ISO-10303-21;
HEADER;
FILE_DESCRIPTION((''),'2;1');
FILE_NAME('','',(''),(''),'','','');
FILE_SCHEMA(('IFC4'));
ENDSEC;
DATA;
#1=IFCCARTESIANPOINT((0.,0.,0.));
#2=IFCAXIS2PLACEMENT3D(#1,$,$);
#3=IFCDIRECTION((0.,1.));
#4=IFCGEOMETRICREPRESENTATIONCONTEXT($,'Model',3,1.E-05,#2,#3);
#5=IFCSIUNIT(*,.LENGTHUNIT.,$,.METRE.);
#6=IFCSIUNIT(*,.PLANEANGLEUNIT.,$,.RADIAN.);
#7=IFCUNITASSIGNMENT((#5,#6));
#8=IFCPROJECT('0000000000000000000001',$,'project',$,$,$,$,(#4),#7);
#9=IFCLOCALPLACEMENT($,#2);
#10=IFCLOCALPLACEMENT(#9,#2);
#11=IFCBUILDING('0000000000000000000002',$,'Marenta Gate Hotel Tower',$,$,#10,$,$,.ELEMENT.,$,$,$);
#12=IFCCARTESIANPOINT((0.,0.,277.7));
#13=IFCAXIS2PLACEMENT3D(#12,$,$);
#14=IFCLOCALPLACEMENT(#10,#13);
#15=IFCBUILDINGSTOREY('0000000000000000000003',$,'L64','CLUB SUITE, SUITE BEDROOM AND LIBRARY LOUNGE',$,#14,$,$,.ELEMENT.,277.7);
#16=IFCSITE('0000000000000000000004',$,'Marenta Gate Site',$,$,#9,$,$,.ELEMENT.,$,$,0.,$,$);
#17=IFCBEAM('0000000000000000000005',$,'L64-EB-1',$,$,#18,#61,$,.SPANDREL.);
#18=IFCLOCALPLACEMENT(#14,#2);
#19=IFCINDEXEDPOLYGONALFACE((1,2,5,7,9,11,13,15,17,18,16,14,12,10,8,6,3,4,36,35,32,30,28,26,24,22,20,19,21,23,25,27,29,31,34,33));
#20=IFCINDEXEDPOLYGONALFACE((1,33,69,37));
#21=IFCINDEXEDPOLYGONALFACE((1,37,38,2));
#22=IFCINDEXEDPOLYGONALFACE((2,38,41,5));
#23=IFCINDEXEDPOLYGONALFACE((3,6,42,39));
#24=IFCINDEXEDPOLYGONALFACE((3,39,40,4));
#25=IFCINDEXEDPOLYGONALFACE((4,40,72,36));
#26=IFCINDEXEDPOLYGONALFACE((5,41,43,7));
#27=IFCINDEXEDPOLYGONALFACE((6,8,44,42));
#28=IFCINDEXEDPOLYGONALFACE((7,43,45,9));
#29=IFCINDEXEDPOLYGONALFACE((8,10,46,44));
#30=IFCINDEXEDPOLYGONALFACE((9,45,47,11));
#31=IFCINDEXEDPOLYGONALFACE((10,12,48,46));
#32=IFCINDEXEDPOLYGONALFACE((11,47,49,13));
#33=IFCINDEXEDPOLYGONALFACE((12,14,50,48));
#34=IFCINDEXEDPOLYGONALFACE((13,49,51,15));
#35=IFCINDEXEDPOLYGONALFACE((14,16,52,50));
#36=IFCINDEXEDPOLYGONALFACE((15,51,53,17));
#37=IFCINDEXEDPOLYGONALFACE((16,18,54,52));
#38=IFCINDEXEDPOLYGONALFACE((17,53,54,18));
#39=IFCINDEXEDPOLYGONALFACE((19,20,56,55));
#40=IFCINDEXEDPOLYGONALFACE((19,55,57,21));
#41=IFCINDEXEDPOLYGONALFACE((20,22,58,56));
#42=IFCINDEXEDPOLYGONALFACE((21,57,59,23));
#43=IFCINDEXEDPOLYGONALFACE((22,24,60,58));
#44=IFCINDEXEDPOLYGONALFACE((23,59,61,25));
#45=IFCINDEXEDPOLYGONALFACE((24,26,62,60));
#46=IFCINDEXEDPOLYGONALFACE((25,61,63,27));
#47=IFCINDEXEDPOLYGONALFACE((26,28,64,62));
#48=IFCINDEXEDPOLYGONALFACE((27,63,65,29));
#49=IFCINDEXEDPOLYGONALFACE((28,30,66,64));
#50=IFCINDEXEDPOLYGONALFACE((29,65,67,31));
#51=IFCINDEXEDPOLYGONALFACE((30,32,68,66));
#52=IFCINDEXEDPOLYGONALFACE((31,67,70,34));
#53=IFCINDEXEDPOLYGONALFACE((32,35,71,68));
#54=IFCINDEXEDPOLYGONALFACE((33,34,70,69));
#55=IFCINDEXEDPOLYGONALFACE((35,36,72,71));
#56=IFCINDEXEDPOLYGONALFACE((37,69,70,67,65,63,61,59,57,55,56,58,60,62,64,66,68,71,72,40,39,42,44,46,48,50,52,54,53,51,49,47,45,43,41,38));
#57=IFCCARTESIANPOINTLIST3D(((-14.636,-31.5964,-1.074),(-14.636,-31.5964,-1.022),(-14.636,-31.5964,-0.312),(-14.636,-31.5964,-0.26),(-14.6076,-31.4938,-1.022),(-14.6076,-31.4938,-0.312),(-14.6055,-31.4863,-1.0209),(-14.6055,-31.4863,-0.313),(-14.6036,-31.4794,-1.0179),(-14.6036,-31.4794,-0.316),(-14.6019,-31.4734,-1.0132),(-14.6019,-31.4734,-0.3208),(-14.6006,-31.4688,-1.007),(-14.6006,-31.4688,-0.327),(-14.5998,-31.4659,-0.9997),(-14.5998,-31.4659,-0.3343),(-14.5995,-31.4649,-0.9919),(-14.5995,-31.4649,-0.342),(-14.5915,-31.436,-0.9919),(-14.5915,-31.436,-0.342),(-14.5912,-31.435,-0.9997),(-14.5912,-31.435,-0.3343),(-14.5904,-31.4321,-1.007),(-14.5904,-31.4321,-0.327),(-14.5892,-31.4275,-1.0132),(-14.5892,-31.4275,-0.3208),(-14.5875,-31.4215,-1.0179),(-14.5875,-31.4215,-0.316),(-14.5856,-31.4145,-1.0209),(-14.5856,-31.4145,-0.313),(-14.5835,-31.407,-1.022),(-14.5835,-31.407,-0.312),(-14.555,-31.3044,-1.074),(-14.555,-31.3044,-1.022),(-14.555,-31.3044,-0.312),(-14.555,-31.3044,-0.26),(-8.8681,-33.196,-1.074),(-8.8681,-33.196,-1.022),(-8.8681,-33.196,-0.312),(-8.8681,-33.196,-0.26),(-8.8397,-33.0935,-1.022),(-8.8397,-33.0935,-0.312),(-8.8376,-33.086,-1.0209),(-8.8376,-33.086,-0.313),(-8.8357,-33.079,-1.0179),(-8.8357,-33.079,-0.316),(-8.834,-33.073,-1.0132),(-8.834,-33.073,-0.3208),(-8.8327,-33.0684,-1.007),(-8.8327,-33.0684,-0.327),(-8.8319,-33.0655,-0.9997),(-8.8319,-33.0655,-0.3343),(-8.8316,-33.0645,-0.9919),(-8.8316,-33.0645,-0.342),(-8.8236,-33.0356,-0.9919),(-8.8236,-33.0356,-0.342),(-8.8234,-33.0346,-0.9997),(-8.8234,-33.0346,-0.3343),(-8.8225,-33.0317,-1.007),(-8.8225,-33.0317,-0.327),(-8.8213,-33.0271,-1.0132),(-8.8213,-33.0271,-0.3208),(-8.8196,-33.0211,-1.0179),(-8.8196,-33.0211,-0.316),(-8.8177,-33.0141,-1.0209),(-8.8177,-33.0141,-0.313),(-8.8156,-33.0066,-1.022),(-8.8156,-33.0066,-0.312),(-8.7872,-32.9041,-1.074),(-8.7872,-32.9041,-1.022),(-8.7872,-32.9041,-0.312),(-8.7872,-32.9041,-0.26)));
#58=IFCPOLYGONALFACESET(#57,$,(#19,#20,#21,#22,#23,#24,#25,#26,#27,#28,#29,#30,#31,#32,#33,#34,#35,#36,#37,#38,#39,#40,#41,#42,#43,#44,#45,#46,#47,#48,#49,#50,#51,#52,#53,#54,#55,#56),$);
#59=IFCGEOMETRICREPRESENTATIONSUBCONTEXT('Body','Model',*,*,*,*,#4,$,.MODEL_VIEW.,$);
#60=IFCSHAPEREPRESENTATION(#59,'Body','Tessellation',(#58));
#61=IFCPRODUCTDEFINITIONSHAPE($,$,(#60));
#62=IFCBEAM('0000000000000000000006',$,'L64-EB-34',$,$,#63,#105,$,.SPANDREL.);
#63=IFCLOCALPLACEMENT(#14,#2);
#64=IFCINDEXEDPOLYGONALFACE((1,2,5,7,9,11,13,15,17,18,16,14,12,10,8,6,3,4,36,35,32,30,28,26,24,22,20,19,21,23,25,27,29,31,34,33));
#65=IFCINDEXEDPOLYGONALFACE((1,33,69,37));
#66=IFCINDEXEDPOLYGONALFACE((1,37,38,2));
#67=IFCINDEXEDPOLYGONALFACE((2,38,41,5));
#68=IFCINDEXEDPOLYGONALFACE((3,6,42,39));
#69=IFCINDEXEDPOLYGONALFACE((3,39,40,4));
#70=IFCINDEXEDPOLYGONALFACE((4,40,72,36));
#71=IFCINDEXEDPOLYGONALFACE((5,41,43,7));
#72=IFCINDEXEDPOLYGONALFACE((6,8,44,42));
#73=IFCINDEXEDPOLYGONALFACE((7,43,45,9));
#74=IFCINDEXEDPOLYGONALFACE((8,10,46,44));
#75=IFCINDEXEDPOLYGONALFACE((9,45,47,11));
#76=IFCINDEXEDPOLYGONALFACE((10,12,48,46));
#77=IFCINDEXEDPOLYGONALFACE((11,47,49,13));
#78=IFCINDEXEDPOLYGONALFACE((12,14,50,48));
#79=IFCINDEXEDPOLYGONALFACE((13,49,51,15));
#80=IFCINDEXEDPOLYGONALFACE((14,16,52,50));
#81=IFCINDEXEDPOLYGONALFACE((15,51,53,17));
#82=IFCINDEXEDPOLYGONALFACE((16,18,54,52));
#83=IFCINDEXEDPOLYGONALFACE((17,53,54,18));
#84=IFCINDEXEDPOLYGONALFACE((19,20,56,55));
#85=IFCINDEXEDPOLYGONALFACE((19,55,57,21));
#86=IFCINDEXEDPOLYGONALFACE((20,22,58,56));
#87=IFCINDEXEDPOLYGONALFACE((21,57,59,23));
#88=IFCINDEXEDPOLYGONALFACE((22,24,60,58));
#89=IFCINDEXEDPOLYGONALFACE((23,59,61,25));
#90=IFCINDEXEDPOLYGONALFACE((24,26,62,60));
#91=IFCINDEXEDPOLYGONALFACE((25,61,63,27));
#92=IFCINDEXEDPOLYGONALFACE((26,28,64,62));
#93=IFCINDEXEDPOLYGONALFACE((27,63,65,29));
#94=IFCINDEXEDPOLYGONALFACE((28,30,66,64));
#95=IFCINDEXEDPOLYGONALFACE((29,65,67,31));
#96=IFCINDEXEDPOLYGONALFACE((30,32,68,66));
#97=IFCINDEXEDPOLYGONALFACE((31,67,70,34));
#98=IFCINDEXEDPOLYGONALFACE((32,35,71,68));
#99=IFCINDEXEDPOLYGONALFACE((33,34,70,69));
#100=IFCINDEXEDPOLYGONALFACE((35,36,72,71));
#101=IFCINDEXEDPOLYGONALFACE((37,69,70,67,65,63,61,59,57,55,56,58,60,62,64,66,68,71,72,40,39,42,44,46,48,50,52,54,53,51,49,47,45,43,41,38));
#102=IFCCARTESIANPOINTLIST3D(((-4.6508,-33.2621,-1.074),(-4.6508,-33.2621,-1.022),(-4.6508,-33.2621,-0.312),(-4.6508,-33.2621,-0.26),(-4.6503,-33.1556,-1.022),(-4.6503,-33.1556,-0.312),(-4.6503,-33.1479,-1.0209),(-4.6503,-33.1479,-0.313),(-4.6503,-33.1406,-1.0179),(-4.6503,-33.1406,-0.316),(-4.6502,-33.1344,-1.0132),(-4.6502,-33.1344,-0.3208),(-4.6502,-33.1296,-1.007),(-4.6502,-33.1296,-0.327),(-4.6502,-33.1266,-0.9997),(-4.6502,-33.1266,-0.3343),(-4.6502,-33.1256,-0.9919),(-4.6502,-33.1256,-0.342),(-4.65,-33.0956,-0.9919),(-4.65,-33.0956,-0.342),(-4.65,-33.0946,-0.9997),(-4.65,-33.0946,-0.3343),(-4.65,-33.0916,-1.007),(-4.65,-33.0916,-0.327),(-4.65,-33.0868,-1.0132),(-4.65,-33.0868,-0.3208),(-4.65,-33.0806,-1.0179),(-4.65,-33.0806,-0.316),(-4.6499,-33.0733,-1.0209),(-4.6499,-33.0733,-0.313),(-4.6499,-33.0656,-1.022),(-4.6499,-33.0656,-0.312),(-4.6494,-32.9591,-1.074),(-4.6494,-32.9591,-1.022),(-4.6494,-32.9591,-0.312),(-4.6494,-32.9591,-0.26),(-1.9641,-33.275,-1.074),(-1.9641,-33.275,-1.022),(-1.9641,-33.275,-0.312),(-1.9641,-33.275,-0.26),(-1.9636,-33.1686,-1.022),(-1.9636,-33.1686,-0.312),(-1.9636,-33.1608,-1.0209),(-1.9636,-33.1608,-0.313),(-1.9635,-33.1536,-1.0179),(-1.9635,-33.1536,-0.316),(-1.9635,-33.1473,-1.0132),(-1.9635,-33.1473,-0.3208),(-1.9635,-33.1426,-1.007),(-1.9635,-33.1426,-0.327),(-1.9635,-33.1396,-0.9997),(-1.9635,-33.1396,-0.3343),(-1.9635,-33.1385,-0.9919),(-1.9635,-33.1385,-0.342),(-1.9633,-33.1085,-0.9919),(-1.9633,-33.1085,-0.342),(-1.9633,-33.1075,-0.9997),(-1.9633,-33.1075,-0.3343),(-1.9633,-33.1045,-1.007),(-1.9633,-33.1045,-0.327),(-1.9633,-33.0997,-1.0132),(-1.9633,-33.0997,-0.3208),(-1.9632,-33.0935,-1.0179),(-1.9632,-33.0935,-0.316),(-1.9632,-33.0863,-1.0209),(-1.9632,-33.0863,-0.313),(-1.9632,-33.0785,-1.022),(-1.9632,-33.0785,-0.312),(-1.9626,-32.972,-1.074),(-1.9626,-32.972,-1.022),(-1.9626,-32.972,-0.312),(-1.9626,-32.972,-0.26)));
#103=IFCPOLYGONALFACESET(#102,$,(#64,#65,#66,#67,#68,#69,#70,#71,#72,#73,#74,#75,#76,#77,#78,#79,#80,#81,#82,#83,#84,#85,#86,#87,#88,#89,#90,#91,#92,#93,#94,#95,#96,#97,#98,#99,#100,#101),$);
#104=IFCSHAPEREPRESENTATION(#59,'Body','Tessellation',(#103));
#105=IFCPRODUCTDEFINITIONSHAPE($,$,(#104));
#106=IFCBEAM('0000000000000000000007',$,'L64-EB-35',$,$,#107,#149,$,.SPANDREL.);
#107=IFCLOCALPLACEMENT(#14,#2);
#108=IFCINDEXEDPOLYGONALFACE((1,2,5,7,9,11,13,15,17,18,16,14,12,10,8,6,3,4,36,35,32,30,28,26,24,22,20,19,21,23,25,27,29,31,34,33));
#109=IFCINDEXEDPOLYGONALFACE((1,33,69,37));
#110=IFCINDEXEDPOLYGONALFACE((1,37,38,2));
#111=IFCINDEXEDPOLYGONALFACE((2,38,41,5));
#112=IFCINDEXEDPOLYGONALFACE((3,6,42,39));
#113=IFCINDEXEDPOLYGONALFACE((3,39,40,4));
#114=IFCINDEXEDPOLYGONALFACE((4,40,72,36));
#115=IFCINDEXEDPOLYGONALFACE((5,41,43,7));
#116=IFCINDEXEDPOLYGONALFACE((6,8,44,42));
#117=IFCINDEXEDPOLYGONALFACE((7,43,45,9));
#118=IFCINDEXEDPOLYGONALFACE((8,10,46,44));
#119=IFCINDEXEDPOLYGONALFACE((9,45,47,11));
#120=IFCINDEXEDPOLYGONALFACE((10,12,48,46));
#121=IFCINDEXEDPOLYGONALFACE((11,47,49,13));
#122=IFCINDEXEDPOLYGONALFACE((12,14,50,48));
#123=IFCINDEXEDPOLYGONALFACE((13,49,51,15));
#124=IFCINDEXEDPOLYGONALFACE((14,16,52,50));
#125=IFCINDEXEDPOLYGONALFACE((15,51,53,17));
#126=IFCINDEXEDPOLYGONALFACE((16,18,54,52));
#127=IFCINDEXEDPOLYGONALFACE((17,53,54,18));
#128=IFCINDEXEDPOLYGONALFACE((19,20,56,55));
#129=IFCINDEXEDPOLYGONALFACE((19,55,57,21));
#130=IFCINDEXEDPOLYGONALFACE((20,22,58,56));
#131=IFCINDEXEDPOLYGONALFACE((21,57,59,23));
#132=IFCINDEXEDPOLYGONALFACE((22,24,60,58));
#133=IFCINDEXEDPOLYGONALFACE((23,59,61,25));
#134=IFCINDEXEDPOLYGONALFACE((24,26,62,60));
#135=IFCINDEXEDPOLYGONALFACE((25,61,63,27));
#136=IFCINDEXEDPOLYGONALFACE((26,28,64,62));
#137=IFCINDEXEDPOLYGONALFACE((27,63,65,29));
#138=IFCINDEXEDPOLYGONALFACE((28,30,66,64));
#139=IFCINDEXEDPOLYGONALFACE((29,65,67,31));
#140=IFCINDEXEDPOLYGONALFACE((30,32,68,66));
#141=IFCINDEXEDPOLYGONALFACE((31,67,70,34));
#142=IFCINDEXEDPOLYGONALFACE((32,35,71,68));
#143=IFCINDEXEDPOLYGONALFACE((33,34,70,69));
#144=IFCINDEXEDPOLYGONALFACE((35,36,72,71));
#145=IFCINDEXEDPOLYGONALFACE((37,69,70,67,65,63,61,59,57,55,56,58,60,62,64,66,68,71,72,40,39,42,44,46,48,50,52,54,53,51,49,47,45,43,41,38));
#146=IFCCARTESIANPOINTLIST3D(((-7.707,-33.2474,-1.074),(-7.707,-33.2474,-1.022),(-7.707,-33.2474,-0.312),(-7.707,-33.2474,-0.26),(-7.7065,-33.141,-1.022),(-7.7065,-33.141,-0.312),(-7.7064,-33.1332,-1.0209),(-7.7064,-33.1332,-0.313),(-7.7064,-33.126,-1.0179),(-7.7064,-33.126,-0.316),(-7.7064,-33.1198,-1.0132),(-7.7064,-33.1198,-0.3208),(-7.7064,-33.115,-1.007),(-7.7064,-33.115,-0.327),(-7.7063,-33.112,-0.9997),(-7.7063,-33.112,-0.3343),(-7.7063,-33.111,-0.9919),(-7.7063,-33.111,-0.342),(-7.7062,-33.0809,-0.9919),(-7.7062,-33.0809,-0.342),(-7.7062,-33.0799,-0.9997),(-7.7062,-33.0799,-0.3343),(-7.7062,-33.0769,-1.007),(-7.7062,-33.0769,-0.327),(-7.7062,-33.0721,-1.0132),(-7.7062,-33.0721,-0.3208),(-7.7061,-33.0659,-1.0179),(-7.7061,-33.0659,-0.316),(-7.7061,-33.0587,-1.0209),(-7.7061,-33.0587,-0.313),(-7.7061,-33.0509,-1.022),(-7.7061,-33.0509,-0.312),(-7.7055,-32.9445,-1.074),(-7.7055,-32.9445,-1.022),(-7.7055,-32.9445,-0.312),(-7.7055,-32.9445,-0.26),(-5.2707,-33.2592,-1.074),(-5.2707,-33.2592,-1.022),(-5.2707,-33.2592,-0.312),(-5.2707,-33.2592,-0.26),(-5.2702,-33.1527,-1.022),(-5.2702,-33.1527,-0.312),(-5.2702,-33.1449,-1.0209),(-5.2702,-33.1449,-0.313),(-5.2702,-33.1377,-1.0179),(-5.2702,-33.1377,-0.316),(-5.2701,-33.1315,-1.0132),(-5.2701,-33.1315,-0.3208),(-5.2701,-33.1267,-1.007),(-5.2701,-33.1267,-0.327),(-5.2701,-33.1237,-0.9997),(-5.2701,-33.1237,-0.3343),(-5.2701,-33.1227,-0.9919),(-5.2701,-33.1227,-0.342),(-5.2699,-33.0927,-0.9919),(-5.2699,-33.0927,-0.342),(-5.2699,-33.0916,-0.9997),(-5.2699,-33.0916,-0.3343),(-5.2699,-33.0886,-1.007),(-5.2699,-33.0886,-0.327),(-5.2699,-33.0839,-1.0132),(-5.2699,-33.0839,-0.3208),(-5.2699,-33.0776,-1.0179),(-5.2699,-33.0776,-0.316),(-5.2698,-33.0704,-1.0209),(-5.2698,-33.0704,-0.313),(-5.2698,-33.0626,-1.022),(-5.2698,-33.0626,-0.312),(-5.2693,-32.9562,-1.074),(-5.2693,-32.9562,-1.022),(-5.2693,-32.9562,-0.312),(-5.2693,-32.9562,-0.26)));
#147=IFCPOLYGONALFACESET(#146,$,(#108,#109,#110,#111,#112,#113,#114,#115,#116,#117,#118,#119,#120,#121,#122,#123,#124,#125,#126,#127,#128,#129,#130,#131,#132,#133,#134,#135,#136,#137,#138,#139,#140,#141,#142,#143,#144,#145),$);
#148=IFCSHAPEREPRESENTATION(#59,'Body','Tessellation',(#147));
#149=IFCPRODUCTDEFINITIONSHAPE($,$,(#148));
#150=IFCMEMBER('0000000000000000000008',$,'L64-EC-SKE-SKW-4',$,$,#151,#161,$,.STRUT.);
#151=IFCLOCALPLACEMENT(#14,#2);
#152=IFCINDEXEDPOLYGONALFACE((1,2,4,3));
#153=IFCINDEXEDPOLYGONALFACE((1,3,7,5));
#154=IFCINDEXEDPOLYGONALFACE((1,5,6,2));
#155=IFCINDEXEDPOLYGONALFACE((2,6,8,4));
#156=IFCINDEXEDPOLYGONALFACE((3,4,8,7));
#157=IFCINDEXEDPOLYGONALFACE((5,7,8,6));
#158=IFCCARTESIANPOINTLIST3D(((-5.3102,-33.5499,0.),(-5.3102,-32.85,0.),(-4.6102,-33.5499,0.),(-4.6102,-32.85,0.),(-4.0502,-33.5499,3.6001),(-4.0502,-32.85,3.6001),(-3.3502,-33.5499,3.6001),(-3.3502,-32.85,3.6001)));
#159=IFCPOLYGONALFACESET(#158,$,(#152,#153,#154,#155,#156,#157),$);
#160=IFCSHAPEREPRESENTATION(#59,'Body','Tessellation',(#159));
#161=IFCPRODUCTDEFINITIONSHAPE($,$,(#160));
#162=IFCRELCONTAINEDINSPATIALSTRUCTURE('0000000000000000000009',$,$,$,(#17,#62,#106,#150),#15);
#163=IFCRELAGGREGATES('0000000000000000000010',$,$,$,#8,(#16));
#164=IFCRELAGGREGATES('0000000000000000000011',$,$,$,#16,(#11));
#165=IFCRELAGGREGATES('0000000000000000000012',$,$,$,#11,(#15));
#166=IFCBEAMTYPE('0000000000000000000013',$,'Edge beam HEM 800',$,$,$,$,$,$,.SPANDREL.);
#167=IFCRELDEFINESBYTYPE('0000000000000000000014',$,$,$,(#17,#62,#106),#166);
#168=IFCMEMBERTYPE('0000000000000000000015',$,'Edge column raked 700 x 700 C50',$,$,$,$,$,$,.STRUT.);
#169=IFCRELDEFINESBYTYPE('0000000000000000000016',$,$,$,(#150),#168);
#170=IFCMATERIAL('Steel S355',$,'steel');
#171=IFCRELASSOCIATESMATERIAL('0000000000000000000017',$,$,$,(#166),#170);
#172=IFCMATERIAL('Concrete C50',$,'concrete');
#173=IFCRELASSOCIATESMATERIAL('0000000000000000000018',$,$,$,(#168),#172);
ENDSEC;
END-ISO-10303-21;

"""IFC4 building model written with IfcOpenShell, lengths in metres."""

from ifc_helpers import new_model, si_unit, direction, frame, origin, origin_2d, place, context, subcontext, project, spatial, rectangle, i_section, extrude, material, material_profile, profile_set, type_object, element, save


model = new_model("IFC4")

# Units and contexts
model_context = context("Model", 3, precision=1e-05, world=origin(), true_north=direction((0.0, 1.0)))
body_context = subcontext(model_context, "Body", "Model", "MODEL_VIEW")
ifc_project = project(units=[si_unit("LENGTHUNIT", "METRE"), si_unit("PLANEANGLEUNIT", "RADIAN")], contexts=[model_context])

# Site, building, storey
site_placement = place(None, origin())
site = spatial("IfcSite", under=ifc_project, at=site_placement, Name="Marenta Gate Site", CompositionType="ELEMENT", RefElevation=0.0)
building_placement = place(site_placement, origin())
building = spatial("IfcBuilding", under=site, at=building_placement, Name="Marenta Gate Hotel Tower", CompositionType="ELEMENT")
storey_placement = place(building_placement, frame((0.0, 0.0, 277.7)))
storey = spatial("IfcBuildingStorey", under=building, at=storey_placement, Name="L64", Description="CLUB SUITE, SUITE BEDROOM AND LIBRARY LOUNGE", CompositionType="ELEMENT", Elevation=277.7)

# Beams
ifc_material_1 = material(Name="Steel S355", Category="steel")
ifc_material_profile_1 = material_profile(ifc_material_1, i_section(OverallWidth=0.303, OverallDepth=0.814, WebThickness=0.03, FlangeThickness=0.052, FilletRadius=0.03, at=origin_2d()), Name="HEM 800")
ifc_profile_set_1 = profile_set([ifc_material_profile_1], Name="Steel S355")
beam_type_1 = type_object("IfcBeamType", Name="Edge beam HEM 800", PredefinedType="SPANDREL", material=ifc_profile_set_1)
beam_1_placement = place(storey_placement, frame((-8.8276, -33.05, -0.667), z_axis=(-0.963628, 0.267246, 0.0), x_axis=(-0.267246, -0.963628, 0.0)))
element("IfcBeam", 1, at=beam_1_placement, inside=storey, type_object=beam_type_1, Name="L64-EB-1", PredefinedType="SPANDREL", context=body_context, shape_type="SweptSolid", body=[
    extrude(i_section(OverallWidth=0.303, OverallDepth=0.814, WebThickness=0.03, FlangeThickness=0.052, FilletRadius=0.03, at=origin_2d()), origin(), (0.0, 0.0, 1.0), 5.9856),
])
beam_2_placement = place(storey_placement, frame((-1.9634, -33.1235, -0.667), z_axis=(-0.999988, 0.004816, 0.0), x_axis=(-0.004816, -0.999988, 0.0)))
element("IfcBeam", 2, at=beam_2_placement, inside=storey, type_object=beam_type_1, Name="L64-EB-34", PredefinedType="SPANDREL", context=body_context, shape_type="SweptSolid", body=[
    extrude(i_section(OverallWidth=0.303, OverallDepth=0.814, WebThickness=0.03, FlangeThickness=0.052, FilletRadius=0.03, at=origin_2d()), origin(), (0.0, 0.0, 1.0), 2.6868),
])
beam_3_placement = place(storey_placement, frame((-5.27, -33.1077, -0.667), z_axis=(-0.999988, 0.00481, 0.0), x_axis=(-0.00481, -0.999988, 0.0)))
element("IfcBeam", 3, at=beam_3_placement, inside=storey, type_object=beam_type_1, Name="L64-EB-35", PredefinedType="SPANDREL", context=body_context, shape_type="SweptSolid", body=[
    extrude(i_section(OverallWidth=0.303, OverallDepth=0.814, WebThickness=0.03, FlangeThickness=0.052, FilletRadius=0.03, at=origin_2d()), origin(), (0.0, 0.0, 1.0), 2.4363),
])

# Member
ifc_material_2 = material(Name="Concrete C50", Category="concrete")
ifc_material_profile_2 = material_profile(ifc_material_2, rectangle(XDim=0.7, YDim=0.7, at=origin_2d()), Name="700 x 700")
ifc_profile_set_2 = profile_set([ifc_material_profile_2], Name="Concrete C50")
member_type_1 = type_object("IfcMemberType", Name="Edge column raked 700 x 700 C50", PredefinedType="STRUT", material=ifc_profile_set_2)
member_1_placement = place(storey_placement, frame((-4.9602, -33.2, 0.0), z_axis=(0.0, 0.0, 1.0), x_axis=(1.0, 0.0, 0.0)))
element("IfcMember", 4, at=member_1_placement, inside=storey, type_object=member_type_1, Name="L64-EC-SKE-SKW-4", PredefinedType="STRUT", context=body_context, shape_type="SweptSolid", body=[
    extrude(rectangle(XDim=0.7, YDim=0.7, at=origin_2d()), origin(), (0.330345, 0.0, 0.94386), 3.8142),
])

save(model, "model.ifc")
